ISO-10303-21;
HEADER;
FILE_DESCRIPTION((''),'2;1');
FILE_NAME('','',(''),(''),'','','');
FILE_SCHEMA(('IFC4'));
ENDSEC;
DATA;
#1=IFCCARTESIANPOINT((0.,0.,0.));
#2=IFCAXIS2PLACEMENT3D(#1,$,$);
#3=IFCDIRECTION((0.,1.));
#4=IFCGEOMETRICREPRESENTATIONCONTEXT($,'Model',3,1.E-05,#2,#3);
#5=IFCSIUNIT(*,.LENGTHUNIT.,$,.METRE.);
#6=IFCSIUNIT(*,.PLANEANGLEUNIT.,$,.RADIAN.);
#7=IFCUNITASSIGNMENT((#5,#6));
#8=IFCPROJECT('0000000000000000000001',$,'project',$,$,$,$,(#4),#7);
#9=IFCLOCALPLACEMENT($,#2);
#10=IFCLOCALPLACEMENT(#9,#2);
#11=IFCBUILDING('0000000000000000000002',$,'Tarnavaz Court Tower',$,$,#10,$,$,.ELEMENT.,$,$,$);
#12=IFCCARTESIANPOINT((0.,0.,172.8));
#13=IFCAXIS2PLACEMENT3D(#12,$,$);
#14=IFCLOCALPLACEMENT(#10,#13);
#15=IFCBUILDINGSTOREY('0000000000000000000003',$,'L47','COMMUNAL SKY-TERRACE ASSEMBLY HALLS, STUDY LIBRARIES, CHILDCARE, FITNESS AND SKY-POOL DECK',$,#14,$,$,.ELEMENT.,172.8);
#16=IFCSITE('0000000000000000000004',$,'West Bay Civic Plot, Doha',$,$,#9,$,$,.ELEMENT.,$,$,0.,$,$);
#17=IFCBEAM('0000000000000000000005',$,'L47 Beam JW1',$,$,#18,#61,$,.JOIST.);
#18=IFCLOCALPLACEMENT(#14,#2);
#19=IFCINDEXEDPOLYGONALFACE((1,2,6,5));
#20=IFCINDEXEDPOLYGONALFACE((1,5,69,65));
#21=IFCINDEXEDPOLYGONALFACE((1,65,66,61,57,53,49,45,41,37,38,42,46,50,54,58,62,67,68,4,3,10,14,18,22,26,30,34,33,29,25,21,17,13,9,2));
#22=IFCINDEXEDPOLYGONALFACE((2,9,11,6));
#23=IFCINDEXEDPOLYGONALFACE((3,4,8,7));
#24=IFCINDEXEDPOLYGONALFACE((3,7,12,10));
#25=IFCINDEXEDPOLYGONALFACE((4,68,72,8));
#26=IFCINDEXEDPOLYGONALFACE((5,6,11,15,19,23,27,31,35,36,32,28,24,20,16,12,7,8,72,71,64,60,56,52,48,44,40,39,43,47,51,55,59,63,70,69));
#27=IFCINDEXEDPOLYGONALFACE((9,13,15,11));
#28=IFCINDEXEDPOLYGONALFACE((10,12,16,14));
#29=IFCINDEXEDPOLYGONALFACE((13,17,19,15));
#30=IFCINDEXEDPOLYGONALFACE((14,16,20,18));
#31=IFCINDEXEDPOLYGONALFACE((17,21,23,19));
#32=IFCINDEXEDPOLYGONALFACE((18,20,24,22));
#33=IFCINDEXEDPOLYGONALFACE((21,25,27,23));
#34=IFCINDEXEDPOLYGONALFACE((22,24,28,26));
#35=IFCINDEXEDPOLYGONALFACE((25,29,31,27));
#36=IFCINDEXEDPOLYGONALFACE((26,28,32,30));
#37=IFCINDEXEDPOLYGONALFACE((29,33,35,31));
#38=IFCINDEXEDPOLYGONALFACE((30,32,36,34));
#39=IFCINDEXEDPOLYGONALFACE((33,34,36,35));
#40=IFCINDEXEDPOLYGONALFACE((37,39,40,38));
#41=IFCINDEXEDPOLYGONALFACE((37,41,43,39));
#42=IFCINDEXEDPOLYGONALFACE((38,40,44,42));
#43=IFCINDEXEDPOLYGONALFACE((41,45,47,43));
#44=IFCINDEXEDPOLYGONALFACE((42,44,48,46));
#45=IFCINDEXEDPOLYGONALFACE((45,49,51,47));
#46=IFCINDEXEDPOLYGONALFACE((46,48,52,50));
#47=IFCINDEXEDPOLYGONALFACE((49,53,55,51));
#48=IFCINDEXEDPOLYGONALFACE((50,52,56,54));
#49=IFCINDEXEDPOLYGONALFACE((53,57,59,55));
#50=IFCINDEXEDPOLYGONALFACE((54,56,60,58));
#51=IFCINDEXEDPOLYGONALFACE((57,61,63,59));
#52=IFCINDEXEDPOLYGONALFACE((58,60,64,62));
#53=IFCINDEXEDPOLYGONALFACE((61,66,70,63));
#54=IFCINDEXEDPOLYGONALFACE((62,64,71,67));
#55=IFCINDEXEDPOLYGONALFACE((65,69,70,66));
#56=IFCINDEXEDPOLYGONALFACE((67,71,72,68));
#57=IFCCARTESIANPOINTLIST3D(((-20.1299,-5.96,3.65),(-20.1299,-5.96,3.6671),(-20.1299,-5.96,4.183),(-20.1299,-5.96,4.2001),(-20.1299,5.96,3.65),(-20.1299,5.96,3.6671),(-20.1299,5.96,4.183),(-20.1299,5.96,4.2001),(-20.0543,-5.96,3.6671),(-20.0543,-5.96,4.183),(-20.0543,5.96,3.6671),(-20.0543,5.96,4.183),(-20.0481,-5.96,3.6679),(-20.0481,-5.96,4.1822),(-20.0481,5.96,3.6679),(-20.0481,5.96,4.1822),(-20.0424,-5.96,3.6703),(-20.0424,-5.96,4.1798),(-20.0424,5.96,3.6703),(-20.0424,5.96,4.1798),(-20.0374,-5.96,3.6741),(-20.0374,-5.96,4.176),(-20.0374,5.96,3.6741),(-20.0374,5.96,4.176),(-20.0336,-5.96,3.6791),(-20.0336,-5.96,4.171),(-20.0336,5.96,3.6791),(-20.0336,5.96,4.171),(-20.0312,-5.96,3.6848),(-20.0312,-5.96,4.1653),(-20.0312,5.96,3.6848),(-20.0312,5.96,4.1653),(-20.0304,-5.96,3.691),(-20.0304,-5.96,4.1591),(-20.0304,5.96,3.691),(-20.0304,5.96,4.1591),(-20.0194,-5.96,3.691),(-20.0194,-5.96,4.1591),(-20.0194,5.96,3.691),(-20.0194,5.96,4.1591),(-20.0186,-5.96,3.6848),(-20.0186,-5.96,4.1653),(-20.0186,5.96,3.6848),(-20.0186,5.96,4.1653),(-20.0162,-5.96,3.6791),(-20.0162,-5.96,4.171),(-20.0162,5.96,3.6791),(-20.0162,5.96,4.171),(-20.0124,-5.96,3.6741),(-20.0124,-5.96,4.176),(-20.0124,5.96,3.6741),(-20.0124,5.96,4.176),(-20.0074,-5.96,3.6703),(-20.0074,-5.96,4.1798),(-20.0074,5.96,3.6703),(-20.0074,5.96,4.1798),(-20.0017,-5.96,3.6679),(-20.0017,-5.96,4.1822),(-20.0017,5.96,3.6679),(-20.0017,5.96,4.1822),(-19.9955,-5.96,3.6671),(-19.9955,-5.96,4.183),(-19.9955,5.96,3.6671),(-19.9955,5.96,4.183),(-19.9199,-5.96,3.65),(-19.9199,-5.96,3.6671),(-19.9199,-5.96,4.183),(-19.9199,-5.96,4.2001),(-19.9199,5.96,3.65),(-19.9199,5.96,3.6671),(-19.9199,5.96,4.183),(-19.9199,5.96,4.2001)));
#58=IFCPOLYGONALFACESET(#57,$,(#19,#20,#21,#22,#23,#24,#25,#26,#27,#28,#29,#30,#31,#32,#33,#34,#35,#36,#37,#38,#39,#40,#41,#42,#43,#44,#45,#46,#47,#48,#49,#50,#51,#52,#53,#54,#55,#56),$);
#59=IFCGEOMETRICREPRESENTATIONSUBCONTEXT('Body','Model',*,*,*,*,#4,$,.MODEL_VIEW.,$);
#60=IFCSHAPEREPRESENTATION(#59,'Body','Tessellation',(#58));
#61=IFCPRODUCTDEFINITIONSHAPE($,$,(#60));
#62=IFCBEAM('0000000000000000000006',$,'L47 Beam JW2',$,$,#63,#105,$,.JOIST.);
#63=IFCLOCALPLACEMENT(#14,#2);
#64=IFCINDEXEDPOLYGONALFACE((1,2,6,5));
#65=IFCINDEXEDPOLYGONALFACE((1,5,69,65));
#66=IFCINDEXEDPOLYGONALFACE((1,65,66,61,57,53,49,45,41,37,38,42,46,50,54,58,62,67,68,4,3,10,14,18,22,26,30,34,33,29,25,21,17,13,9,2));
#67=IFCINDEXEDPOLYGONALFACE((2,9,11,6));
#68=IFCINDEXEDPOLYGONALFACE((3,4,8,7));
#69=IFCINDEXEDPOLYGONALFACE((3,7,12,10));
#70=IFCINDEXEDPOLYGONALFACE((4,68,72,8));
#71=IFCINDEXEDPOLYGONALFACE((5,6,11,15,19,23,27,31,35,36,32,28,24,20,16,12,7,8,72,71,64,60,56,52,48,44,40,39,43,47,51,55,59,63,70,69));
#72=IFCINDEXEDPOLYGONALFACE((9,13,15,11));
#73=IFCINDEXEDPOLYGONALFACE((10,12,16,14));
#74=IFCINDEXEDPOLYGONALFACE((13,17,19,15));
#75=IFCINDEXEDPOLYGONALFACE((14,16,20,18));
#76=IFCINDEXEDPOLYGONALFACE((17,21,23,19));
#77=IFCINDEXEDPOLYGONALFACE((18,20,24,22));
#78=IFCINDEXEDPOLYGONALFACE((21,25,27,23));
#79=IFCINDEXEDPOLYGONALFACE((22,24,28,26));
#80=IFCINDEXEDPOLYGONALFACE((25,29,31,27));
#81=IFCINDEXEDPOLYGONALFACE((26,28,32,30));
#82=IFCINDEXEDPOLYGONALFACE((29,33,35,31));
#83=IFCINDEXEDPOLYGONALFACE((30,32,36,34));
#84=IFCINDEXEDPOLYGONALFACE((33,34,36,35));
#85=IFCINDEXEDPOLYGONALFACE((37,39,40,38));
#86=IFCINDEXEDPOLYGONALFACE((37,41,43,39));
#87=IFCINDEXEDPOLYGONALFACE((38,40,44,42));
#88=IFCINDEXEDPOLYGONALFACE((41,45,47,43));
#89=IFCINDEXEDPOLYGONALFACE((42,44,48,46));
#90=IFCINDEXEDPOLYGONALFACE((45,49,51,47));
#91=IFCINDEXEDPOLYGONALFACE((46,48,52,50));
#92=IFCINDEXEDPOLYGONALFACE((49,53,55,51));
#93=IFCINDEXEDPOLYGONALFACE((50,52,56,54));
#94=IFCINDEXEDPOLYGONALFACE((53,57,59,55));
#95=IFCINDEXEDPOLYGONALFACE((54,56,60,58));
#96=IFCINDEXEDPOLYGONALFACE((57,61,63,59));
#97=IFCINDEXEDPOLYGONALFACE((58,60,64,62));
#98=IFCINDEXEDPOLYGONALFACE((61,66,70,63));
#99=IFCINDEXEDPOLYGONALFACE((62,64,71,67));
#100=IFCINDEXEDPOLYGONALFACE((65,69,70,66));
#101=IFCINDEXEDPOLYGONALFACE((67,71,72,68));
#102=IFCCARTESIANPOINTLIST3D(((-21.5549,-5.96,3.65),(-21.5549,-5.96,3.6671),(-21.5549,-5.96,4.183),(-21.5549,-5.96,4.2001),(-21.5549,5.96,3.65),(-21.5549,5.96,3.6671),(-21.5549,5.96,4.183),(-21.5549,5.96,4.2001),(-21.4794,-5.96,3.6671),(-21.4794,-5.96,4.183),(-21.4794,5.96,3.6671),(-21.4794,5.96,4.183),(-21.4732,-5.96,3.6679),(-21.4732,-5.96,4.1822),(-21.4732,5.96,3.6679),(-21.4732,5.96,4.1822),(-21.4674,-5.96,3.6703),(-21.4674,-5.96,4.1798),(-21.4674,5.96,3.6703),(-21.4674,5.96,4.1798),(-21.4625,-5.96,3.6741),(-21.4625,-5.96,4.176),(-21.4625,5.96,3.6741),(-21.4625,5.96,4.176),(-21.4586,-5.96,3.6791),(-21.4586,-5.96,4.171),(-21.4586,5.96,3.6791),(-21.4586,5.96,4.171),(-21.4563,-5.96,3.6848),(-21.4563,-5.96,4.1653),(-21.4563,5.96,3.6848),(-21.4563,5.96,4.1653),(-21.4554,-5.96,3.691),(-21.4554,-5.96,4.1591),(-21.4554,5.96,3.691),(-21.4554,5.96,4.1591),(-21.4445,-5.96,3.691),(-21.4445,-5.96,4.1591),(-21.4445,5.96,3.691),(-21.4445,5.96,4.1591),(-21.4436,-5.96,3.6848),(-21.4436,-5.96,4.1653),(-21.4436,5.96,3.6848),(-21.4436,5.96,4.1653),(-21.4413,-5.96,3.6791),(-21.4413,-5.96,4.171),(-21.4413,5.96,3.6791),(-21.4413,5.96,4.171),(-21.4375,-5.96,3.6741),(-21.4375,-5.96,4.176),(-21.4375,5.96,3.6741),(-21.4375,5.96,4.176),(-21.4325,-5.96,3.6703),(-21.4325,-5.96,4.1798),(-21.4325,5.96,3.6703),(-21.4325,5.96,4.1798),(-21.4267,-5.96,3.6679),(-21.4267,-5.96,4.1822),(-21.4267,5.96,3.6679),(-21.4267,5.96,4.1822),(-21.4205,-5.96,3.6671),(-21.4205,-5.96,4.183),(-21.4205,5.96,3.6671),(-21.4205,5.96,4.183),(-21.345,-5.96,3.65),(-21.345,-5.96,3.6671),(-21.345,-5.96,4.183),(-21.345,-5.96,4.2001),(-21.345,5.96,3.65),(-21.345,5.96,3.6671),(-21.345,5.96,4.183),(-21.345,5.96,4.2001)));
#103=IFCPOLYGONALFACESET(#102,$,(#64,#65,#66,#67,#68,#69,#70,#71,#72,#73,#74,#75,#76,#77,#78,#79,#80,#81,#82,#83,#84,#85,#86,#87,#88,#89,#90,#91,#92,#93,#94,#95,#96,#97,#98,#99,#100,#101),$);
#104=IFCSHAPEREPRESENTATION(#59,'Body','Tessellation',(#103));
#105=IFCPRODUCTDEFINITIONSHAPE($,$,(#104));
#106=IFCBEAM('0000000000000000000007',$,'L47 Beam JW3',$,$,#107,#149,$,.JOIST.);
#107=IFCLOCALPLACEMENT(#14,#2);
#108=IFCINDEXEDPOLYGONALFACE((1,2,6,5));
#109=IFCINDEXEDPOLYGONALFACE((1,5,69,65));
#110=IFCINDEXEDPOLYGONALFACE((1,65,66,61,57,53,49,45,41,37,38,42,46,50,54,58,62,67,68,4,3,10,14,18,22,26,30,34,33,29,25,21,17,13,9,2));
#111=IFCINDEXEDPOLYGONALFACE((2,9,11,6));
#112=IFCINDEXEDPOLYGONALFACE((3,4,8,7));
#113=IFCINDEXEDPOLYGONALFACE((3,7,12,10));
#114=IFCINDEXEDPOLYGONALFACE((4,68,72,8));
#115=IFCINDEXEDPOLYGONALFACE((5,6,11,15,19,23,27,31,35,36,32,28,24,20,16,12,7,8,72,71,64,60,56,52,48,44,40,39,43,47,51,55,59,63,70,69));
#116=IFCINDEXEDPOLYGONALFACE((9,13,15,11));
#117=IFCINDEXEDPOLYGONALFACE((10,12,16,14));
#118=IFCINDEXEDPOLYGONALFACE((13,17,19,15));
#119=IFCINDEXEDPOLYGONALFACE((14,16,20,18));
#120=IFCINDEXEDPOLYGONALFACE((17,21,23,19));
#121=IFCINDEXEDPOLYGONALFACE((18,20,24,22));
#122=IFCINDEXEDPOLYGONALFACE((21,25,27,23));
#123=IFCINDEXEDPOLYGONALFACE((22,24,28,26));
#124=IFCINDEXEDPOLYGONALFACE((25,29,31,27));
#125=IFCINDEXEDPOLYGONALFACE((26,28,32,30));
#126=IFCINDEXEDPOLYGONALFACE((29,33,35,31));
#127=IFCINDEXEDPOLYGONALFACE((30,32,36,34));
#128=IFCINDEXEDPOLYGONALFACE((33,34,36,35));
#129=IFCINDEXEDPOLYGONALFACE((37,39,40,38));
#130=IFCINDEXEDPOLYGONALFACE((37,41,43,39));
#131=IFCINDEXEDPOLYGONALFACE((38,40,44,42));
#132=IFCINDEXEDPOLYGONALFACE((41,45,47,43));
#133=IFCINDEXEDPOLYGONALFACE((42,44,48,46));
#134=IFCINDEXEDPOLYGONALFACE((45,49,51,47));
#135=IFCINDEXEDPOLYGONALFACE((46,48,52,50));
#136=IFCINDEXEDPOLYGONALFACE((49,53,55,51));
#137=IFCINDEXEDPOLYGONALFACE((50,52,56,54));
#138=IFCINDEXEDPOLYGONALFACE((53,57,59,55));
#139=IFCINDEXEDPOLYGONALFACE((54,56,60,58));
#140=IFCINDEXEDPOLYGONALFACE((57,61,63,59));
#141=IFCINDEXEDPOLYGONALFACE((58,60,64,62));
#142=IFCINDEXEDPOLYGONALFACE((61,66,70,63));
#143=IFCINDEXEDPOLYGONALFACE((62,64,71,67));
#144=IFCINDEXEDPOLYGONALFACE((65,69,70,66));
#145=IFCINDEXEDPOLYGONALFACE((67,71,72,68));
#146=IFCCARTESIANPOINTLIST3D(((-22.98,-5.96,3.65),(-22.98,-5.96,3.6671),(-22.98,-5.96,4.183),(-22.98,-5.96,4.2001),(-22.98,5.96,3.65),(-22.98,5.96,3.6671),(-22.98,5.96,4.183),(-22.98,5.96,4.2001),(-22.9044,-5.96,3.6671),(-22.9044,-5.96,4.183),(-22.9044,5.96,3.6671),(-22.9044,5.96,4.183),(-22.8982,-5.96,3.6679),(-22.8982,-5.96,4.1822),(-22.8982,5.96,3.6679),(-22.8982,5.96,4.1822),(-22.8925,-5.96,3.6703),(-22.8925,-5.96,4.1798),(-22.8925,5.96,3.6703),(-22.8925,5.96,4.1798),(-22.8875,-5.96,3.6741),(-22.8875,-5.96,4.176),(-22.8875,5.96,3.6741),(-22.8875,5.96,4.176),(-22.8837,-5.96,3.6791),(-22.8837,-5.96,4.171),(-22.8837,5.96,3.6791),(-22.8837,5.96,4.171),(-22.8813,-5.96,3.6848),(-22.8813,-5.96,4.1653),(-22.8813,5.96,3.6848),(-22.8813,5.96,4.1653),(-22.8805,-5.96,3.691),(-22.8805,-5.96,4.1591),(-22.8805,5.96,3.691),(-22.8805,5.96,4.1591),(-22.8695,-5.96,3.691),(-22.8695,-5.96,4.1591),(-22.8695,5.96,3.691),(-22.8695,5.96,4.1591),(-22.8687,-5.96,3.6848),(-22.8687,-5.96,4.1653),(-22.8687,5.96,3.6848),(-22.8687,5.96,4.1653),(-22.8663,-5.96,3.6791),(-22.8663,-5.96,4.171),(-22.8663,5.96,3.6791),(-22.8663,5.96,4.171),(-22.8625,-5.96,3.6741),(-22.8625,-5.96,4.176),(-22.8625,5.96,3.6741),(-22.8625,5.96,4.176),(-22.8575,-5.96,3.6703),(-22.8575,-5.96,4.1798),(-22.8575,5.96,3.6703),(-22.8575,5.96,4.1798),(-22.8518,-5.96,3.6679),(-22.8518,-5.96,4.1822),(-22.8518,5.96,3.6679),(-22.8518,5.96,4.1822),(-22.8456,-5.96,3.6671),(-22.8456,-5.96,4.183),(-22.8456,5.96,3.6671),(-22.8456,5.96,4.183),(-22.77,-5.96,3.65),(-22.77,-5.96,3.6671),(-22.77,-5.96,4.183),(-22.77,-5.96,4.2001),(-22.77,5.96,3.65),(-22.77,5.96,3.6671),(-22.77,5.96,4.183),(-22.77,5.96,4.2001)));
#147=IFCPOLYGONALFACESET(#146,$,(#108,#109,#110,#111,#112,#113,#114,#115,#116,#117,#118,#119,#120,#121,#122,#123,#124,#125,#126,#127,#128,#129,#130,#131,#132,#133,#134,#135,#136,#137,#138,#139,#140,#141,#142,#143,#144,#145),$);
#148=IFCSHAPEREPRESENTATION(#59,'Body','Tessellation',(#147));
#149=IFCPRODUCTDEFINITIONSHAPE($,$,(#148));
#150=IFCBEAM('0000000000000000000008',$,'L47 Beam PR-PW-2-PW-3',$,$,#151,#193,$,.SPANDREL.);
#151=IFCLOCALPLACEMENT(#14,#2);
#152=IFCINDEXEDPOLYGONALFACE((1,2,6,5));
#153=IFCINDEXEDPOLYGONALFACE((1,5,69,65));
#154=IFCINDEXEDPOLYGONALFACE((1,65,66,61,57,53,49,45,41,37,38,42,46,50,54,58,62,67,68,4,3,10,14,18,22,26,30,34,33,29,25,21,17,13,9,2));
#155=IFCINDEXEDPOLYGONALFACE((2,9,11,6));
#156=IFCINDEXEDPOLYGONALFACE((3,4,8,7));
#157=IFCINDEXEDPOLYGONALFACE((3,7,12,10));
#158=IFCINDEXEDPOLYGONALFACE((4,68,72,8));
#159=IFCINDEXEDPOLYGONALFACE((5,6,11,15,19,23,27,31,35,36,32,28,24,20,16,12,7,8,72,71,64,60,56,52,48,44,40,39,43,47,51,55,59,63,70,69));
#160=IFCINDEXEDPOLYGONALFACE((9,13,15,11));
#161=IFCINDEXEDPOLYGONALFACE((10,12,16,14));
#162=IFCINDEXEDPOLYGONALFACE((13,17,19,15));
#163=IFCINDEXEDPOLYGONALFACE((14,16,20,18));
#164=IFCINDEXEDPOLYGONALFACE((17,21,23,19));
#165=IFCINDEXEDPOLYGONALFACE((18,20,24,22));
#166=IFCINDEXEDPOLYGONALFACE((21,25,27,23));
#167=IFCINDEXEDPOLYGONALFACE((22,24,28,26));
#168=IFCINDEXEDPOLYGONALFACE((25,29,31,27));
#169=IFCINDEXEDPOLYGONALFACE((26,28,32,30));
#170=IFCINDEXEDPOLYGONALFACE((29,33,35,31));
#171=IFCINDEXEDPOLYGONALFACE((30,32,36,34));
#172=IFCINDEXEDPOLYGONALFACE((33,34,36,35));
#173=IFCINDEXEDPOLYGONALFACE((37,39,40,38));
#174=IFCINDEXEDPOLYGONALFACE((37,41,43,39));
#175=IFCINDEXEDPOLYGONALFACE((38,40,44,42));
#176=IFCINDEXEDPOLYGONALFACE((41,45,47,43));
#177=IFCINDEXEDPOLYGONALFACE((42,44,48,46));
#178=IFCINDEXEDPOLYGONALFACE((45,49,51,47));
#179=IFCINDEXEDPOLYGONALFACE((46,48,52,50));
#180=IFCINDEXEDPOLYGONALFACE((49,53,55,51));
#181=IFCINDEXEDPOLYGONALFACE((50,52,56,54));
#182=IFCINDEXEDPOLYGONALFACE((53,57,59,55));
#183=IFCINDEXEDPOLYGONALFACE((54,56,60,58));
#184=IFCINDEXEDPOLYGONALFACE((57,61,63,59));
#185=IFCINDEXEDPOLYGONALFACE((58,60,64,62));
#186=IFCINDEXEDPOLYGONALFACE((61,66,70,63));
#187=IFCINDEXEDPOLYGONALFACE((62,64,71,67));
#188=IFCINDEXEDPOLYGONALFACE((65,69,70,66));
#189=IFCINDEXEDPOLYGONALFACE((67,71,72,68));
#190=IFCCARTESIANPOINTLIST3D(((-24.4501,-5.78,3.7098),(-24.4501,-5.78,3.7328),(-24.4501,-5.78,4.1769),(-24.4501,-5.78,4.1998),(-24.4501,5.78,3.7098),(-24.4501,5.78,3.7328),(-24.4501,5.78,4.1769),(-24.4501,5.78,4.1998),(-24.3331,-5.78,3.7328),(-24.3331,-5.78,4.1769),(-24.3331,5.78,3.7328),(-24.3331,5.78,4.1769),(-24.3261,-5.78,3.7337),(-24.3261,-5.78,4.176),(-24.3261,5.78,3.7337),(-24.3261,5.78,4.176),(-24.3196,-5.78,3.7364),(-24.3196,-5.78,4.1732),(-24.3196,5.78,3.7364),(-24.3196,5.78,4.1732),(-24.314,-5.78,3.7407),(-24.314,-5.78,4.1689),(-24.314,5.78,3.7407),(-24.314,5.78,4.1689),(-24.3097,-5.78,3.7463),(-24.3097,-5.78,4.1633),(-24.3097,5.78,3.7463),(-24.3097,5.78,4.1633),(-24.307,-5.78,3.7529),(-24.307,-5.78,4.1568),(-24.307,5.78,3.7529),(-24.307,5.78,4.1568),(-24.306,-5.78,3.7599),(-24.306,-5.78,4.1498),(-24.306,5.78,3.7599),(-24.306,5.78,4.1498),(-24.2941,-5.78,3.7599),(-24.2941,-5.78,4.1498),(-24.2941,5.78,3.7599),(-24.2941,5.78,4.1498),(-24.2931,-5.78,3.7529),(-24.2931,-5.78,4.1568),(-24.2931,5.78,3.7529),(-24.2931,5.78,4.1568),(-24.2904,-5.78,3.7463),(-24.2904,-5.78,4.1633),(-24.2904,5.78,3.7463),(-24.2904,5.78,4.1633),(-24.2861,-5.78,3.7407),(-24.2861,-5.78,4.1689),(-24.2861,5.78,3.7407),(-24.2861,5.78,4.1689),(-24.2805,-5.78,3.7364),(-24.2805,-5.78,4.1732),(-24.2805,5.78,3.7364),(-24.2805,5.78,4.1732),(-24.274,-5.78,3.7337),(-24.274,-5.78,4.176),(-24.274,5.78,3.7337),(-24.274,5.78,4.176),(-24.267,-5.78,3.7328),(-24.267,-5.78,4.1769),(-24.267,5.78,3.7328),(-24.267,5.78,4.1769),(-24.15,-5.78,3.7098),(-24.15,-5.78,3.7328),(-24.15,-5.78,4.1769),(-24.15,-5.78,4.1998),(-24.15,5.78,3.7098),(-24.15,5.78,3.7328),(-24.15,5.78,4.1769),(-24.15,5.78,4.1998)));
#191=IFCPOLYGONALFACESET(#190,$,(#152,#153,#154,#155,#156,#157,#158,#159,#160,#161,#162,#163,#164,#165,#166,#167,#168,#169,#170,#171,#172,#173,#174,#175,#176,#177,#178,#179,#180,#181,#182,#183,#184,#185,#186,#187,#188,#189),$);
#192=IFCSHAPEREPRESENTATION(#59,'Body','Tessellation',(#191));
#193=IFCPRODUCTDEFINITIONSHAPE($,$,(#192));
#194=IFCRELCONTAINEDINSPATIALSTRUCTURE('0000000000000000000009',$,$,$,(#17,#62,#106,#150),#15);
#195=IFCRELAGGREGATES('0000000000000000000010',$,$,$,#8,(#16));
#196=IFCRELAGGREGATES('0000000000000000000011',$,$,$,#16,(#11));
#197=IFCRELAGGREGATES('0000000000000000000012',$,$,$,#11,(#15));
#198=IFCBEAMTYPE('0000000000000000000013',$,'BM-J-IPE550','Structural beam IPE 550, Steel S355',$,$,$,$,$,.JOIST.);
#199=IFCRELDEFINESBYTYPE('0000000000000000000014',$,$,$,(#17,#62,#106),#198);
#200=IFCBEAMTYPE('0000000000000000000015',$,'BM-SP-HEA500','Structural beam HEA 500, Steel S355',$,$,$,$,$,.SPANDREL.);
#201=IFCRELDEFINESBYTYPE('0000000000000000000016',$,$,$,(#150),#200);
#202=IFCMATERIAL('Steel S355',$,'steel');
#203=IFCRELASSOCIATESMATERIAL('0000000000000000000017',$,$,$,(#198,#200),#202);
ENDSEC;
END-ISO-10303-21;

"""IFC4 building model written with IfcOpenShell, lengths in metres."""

from ifc_helpers import new_model, si_unit, direction, frame, origin, origin_2d, place, context, subcontext, project, spatial, i_section, extrude, material, material_profile, profile_set, type_object, element, save


model = new_model("IFC4")

# Units and contexts
model_context = context("Model", 3, precision=1e-05, world=origin(), true_north=direction((0.0, 1.0)))
body_context = subcontext(model_context, "Body", "Model", "MODEL_VIEW")
ifc_project = project(units=[si_unit("LENGTHUNIT", "METRE"), si_unit("PLANEANGLEUNIT", "RADIAN")], contexts=[model_context])

# Site, building, storey
site_placement = place(None, origin())
site = spatial("IfcSite", under=ifc_project, at=site_placement, Name="West Bay Civic Plot, Doha", CompositionType="ELEMENT", RefElevation=0.0)
building_placement = place(site_placement, origin())
building = spatial("IfcBuilding", under=site, at=building_placement, Name="Tarnavaz Court Tower", CompositionType="ELEMENT")
storey_placement = place(building_placement, frame((0.0, 0.0, 172.8)))
storey = spatial("IfcBuildingStorey", under=building, at=storey_placement, Name="L47", Description="COMMUNAL SKY-TERRACE ASSEMBLY HALLS, STUDY LIBRARIES, CHILDCARE, FITNESS AND SKY-POOL DECK", CompositionType="ELEMENT", Elevation=172.8)

# Beams
ifc_material_1 = material(Name="Steel S355", Category="steel")
ifc_material_profile_1 = material_profile(ifc_material_1, i_section(OverallWidth=0.21, OverallDepth=0.55, WebThickness=0.011, FlangeThickness=0.0171, FilletRadius=0.0239, at=origin_2d()), Name="IPE 550")
ifc_profile_set_1 = profile_set([ifc_material_profile_1], Name="Steel S355")
beam_type_1 = type_object("IfcBeamType", Name="BM-J-IPE550", Description="Structural beam IPE 550, Steel S355", PredefinedType="JOIST", material=ifc_profile_set_1)
for number, where, z_axis, x_axis, name in (
    (1, (-20.0249, -5.96, 3.925), (0.0, 1.0, 0.0), (-1.0, 0.0, 0.0), "L47 Beam JW1"),
    (2, (-21.45, -5.96, 3.925), (0.0, 1.0, 0.0), (-1.0, 0.0, 0.0), "L47 Beam JW2"),
    (3, (-22.875, -5.96, 3.925), (0.0, 1.0, 0.0), (-1.0, 0.0, 0.0), "L47 Beam JW3"),
):
    element("IfcBeam", number, at=place(storey_placement, frame(where, z_axis=z_axis, x_axis=x_axis)), inside=storey, type_object=beam_type_1, Name=name, PredefinedType="JOIST", context=body_context, shape_type="SweptSolid", body=[
        extrude(i_section(OverallWidth=0.21, OverallDepth=0.55, WebThickness=0.011, FlangeThickness=0.0171, FilletRadius=0.0239, at=origin_2d()), origin(), (0.0, 0.0, 1.0), 11.9199),
    ])
ifc_material_profile_2 = material_profile(ifc_material_1, i_section(OverallWidth=0.3, OverallDepth=0.49, WebThickness=0.012, FlangeThickness=0.0229, FilletRadius=0.0271, at=origin_2d()), Name="HEA 500")
ifc_profile_set_2 = profile_set([ifc_material_profile_2], Name="Steel S355")
beam_type_2 = type_object("IfcBeamType", Name="BM-SP-HEA500", Description="Structural beam HEA 500, Steel S355", PredefinedType="SPANDREL", material=ifc_profile_set_2)
beam_1_placement = place(storey_placement, frame((-24.3, -5.78, 3.9548), z_axis=(0.0, 1.0, 0.0), x_axis=(-1.0, 0.0, 0.0)))
element("IfcBeam", 4, at=beam_1_placement, inside=storey, type_object=beam_type_2, Name="L47 Beam PR-PW-2-PW-3", PredefinedType="SPANDREL", context=body_context, shape_type="SweptSolid", body=[
    extrude(i_section(OverallWidth=0.3, OverallDepth=0.49, WebThickness=0.012, FlangeThickness=0.0229, FilletRadius=0.0271, at=origin_2d()), origin(), (0.0, 0.0, 1.0), 11.5601),
])

save(model, "model.ifc")
